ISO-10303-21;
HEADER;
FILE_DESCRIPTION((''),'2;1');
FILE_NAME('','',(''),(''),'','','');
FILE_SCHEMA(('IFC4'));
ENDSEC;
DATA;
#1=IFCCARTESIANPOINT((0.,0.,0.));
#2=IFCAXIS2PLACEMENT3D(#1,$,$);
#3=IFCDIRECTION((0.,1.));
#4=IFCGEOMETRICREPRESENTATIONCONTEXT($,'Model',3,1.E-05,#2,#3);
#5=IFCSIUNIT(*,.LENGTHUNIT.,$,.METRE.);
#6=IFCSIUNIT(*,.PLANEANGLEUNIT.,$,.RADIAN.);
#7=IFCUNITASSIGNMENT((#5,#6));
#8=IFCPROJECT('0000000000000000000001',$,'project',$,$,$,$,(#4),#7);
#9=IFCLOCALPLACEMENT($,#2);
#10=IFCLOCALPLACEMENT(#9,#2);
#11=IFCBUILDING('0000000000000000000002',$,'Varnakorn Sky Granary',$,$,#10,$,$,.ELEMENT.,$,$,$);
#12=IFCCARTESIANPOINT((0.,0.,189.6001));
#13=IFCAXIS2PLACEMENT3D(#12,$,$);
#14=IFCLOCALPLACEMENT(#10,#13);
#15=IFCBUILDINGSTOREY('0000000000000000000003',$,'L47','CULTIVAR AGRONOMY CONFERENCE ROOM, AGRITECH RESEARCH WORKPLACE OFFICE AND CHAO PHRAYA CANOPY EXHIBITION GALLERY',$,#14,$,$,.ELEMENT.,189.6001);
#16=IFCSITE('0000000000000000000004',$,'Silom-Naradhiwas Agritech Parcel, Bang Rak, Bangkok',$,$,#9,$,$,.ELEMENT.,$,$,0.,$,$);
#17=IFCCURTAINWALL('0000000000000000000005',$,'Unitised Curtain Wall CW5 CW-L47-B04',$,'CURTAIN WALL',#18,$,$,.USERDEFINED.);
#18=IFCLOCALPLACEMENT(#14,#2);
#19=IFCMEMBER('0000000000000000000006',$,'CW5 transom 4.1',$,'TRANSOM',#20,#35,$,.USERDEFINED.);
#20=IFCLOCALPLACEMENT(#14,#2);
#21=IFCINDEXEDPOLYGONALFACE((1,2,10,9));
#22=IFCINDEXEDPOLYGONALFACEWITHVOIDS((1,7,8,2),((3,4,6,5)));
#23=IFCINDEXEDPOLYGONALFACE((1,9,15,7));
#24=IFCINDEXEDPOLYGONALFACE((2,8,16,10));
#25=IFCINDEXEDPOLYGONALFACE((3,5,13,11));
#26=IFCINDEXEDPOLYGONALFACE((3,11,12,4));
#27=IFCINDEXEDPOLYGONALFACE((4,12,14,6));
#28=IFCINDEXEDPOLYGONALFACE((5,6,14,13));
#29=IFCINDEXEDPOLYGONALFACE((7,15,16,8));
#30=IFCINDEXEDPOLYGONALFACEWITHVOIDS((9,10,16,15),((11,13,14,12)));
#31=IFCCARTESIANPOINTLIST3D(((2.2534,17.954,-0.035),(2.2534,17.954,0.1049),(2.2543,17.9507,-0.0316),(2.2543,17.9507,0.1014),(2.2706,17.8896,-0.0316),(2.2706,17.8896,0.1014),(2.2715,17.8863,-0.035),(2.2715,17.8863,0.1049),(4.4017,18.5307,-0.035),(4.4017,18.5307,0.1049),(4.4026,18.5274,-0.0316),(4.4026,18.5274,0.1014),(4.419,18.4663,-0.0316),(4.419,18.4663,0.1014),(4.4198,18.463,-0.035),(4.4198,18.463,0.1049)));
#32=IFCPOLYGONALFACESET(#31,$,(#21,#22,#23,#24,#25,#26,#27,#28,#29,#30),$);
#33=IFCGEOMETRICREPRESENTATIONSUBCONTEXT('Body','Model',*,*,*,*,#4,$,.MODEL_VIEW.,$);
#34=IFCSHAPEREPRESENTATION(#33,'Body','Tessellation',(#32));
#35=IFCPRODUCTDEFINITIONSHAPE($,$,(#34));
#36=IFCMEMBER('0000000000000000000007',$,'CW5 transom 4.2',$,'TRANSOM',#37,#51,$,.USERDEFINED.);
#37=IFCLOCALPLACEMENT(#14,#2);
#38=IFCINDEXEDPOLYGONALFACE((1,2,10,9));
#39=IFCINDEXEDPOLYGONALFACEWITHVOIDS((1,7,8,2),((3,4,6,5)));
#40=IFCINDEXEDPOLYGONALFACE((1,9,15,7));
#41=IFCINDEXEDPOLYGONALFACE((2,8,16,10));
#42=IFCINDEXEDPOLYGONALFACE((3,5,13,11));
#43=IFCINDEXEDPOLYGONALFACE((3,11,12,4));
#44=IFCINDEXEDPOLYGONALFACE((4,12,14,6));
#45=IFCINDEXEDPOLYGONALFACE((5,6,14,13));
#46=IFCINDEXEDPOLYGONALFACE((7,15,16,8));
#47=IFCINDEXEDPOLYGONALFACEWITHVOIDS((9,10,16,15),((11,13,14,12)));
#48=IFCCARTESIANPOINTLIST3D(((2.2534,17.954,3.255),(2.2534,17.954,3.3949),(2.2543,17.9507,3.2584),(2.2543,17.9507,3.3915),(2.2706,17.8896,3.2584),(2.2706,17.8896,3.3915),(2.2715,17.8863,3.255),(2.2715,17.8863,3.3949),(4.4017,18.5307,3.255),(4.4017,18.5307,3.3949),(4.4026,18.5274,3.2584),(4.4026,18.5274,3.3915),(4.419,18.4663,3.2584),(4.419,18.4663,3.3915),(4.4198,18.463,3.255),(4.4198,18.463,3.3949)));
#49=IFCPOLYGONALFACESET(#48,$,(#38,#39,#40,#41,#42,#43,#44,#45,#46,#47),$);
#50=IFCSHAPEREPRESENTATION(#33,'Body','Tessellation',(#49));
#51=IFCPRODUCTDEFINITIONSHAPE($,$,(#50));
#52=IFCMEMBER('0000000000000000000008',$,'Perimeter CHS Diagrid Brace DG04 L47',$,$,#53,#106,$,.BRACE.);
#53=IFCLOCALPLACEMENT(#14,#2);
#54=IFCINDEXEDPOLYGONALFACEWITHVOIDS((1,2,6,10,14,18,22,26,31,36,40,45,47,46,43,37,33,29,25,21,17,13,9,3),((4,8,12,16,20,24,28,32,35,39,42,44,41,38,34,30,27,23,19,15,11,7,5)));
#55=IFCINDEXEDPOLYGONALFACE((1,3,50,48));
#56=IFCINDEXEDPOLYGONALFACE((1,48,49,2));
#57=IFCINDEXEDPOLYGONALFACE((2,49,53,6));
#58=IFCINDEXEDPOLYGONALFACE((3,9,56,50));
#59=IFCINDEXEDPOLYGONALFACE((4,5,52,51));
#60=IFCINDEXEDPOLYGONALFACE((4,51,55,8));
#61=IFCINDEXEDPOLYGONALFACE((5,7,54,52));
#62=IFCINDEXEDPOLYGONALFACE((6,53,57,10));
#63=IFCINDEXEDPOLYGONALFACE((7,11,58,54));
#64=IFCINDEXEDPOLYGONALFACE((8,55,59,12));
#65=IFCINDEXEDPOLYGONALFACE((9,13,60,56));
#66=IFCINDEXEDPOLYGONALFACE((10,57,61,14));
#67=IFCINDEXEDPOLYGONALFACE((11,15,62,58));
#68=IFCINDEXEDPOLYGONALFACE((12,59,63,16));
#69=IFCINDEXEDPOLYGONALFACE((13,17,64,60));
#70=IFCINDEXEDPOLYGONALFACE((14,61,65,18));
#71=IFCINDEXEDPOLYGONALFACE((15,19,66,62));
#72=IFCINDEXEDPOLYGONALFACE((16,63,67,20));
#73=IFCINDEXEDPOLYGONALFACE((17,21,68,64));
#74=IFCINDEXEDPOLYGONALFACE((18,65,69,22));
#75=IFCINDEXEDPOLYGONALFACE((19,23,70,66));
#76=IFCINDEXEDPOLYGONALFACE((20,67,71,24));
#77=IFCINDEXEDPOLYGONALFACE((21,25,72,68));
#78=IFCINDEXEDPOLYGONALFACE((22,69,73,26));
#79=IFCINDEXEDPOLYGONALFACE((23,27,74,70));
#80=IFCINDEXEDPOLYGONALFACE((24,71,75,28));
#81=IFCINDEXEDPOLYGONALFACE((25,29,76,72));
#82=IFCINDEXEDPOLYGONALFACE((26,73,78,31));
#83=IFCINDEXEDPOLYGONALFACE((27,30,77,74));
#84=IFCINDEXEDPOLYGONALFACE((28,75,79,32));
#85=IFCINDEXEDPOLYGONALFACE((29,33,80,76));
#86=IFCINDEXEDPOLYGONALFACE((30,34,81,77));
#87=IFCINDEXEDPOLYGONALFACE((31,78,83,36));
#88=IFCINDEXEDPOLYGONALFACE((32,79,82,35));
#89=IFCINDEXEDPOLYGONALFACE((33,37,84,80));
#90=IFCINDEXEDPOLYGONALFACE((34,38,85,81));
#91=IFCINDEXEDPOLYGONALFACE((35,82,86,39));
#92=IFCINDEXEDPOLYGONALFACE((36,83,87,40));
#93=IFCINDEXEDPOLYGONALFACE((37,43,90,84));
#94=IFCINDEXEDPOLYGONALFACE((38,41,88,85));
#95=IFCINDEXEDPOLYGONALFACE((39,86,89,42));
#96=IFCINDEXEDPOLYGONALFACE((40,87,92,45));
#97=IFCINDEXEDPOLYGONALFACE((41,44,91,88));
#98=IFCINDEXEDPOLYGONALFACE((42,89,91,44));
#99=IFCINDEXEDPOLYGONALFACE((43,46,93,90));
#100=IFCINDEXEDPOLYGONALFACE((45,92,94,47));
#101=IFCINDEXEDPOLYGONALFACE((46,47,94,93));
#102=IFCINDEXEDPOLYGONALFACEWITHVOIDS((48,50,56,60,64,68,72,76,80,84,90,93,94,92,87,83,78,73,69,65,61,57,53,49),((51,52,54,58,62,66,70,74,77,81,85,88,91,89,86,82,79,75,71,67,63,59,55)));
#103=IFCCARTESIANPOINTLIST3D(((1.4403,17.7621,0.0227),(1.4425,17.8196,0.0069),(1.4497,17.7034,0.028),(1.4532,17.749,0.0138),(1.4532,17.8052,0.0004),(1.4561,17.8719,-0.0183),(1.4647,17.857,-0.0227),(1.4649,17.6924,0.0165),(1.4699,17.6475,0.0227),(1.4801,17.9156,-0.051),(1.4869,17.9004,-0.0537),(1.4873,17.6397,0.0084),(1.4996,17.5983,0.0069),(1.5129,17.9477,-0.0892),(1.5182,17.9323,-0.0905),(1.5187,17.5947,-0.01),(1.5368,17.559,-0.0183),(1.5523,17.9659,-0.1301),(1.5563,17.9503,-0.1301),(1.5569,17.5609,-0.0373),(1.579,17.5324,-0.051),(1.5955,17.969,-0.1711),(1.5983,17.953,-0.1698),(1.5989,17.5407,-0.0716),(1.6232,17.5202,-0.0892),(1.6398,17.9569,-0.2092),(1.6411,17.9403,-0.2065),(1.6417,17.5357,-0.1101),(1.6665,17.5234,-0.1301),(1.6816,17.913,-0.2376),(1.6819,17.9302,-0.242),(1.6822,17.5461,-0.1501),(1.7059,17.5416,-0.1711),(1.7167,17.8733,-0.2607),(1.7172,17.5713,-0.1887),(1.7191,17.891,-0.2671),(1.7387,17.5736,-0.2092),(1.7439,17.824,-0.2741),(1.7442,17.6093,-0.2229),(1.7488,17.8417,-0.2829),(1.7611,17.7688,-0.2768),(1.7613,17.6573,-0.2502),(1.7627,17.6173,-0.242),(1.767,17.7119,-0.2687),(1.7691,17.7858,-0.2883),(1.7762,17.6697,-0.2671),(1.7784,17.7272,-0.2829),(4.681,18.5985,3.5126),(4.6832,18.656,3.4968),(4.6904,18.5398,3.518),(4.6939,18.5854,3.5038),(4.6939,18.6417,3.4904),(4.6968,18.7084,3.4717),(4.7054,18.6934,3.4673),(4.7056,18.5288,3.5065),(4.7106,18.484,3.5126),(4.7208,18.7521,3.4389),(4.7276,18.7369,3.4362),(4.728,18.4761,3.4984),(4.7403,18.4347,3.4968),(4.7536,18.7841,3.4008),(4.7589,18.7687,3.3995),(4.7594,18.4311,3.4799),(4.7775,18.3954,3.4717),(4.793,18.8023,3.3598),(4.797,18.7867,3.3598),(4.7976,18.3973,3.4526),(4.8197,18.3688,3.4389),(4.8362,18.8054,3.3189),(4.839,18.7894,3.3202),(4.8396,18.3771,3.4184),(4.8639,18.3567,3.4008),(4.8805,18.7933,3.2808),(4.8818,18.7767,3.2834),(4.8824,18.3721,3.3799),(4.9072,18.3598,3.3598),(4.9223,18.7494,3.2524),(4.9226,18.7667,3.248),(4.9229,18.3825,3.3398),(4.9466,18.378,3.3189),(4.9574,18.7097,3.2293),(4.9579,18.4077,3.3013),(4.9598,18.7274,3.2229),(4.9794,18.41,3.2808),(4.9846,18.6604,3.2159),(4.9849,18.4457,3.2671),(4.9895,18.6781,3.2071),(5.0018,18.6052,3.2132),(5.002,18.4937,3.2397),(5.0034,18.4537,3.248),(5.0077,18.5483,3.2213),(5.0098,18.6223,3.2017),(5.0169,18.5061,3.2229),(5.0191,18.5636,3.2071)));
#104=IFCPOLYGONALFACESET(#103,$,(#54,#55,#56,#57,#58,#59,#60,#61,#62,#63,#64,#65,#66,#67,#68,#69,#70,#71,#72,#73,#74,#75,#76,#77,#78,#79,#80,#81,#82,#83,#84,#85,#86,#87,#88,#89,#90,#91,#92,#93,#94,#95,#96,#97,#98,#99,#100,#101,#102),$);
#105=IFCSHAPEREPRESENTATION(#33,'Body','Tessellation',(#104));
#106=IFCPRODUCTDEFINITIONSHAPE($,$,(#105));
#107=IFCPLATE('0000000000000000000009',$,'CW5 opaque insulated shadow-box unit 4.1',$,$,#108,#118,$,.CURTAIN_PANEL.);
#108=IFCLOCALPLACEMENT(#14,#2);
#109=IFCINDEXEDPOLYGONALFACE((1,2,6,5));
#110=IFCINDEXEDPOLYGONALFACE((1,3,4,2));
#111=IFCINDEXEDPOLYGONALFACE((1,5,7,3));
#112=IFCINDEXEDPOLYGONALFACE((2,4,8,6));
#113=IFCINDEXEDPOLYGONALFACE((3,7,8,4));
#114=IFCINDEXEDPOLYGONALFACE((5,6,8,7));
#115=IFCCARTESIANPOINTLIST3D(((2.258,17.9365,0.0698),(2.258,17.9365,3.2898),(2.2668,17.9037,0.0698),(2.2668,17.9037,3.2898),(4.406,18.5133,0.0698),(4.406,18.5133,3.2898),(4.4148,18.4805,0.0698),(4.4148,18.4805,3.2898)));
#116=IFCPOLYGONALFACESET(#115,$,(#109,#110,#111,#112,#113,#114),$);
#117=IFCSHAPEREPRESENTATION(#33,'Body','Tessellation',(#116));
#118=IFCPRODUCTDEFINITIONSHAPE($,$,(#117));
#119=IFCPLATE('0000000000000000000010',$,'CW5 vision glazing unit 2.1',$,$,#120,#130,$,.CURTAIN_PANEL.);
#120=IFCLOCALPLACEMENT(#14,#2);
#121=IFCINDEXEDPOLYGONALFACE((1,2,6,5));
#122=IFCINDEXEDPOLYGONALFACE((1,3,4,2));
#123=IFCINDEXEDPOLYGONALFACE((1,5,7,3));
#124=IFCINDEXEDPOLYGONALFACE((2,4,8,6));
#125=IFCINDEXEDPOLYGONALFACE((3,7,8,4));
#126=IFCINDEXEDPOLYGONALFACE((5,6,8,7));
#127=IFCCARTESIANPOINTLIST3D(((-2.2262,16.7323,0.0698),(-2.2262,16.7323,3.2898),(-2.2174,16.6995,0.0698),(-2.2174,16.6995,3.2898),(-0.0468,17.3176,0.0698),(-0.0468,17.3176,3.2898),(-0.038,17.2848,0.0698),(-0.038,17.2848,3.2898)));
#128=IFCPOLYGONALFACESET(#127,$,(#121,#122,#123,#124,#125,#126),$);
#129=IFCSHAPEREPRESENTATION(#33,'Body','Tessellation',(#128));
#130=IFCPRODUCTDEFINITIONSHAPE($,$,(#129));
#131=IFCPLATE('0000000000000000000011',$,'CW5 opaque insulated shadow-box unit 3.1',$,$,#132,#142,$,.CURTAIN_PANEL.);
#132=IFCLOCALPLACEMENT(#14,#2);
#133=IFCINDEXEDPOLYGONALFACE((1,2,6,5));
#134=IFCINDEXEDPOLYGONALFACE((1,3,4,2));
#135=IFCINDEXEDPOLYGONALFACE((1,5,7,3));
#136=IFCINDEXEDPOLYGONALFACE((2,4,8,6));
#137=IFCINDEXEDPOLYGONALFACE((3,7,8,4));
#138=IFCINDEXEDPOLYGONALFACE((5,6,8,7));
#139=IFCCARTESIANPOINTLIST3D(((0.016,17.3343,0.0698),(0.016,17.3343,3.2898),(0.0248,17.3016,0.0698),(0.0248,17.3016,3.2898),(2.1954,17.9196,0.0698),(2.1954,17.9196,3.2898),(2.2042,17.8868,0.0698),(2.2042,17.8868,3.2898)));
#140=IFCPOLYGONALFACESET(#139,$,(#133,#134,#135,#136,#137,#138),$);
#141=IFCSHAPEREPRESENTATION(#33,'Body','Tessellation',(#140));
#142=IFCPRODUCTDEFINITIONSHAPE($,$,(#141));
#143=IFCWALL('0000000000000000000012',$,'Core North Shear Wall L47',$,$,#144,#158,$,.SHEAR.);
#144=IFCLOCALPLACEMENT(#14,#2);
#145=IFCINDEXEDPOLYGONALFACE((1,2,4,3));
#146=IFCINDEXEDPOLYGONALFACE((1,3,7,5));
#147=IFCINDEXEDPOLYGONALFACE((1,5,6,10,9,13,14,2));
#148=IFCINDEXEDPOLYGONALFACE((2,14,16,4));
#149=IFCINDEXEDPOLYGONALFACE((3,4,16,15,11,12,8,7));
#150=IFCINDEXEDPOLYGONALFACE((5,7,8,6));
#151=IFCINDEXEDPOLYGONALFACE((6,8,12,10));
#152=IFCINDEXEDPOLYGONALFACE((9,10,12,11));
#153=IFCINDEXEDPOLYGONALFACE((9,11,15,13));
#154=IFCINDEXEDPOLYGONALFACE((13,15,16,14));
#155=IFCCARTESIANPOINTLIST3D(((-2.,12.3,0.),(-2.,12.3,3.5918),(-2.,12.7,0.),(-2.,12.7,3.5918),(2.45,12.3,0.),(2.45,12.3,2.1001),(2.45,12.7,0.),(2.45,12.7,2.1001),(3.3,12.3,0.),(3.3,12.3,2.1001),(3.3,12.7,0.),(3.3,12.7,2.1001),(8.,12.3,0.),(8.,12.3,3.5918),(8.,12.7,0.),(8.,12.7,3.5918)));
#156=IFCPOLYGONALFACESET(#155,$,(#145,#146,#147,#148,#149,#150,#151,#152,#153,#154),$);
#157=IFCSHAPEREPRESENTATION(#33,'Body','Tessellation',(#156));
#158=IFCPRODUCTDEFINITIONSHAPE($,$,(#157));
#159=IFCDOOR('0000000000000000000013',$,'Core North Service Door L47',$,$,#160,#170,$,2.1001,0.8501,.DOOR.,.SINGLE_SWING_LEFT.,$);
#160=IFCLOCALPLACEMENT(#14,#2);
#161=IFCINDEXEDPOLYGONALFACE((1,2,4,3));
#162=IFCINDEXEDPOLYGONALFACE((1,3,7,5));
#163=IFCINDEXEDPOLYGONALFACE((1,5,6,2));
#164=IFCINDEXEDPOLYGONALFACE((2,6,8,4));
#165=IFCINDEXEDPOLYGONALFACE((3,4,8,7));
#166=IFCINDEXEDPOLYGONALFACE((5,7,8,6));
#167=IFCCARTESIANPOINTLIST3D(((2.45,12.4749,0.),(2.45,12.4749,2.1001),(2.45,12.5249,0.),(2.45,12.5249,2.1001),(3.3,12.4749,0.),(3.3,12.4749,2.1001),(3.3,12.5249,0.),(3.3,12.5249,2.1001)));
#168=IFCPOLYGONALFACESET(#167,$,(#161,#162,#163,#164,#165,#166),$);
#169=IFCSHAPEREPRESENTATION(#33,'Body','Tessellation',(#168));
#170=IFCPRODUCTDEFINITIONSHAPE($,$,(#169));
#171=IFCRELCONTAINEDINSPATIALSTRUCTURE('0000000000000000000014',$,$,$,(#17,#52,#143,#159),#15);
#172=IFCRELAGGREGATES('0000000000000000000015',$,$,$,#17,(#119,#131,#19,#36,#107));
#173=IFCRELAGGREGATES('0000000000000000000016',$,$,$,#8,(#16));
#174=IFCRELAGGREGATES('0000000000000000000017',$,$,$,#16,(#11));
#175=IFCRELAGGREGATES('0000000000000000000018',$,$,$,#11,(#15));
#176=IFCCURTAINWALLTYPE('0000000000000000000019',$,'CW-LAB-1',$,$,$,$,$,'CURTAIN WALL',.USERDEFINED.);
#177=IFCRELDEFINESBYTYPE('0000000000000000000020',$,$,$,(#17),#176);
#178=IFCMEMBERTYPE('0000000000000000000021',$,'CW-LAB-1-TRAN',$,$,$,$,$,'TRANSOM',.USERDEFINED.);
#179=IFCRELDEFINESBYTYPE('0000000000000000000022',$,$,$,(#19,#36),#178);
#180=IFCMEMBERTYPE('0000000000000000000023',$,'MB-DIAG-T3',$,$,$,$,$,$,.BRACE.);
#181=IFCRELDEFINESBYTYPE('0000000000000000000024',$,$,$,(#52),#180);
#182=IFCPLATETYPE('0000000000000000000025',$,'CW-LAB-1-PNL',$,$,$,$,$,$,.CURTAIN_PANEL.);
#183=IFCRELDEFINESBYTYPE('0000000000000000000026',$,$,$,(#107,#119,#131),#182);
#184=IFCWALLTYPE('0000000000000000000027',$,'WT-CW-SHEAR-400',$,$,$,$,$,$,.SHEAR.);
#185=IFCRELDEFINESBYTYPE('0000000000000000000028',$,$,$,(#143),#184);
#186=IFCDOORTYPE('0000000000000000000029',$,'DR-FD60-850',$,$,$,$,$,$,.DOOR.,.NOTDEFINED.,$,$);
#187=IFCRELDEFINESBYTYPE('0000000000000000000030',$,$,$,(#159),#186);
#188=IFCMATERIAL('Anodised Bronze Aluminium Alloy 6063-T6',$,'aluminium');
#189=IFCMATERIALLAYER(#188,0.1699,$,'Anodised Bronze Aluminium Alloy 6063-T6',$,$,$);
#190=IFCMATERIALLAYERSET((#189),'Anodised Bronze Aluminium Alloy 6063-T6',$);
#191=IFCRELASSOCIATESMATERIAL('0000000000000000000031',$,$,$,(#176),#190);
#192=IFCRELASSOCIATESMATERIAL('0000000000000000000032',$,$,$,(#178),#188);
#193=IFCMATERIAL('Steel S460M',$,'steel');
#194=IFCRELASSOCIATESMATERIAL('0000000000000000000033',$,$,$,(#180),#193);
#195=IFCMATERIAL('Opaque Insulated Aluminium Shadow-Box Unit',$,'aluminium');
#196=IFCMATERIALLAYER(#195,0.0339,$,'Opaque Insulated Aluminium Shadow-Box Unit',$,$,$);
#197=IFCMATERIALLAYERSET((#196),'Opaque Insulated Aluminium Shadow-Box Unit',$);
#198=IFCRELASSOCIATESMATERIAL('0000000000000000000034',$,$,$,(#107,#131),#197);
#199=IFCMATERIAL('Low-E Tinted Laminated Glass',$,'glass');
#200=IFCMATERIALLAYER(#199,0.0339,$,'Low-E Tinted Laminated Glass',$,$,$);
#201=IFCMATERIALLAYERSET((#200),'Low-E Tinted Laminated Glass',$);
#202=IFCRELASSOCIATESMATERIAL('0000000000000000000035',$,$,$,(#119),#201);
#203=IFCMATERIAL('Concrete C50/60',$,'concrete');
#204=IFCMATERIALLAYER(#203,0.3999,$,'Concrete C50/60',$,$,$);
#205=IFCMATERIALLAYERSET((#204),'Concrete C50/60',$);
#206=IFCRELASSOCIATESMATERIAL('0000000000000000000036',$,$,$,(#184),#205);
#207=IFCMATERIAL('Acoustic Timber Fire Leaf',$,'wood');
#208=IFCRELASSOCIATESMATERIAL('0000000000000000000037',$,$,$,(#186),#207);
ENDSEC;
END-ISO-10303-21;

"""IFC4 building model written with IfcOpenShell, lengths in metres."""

from ifc_helpers import new_model, si_unit, direction, frame, frame_2d, origin, origin_2d, place, context, subcontext, project, spatial, rectangle, hollow_rectangle, hollow_circle, extrude, source, transform, mapped, material, layer, layer_set, material_profile, profile_set, type_object, type_shapes, element, fill, aggregate, save


model = new_model("IFC4")

# Units and contexts
model_context = context("Model", 3, precision=1e-05, world=origin(), true_north=direction((0.0, 1.0)))
body_context = subcontext(model_context, "Body", "Model", "MODEL_VIEW")
ifc_project = project(units=[si_unit("LENGTHUNIT", "METRE"), si_unit("PLANEANGLEUNIT", "RADIAN")], contexts=[model_context])

# Site, building, storey
site_placement = place(None, origin())
site = spatial("IfcSite", under=ifc_project, at=site_placement, Name="Silom-Naradhiwas Agritech Parcel, Bang Rak, Bangkok", CompositionType="ELEMENT", RefElevation=0.0)
building_placement = place(site_placement, origin())
building = spatial("IfcBuilding", under=site, at=building_placement, Name="Varnakorn Sky Granary", CompositionType="ELEMENT")
storey_placement = place(building_placement, frame((0.0, 0.0, 189.6001)))
storey = spatial("IfcBuildingStorey", under=building, at=storey_placement, Name="L47", Description="CULTIVAR AGRONOMY CONFERENCE ROOM, AGRITECH RESEARCH WORKPLACE OFFICE AND CHAO PHRAYA CANOPY EXHIBITION GALLERY", CompositionType="ELEMENT", Elevation=189.6001)

# Shared definitions
ifc_material_1 = material(Name="Concrete C50/60", Category="concrete")

# Curtain wall, members
ifc_material_2 = material(Name="Anodised Bronze Aluminium Alloy 6063-T6", Category="aluminium")
ifc_layer_1 = layer(ifc_material_2, 0.1699, Name="Anodised Bronze Aluminium Alloy 6063-T6")
ifc_layer_set_1 = layer_set([ifc_layer_1], Name="Anodised Bronze Aluminium Alloy 6063-T6")
curtain_wall_type = type_object("IfcCurtainWallType", Name="CW-LAB-1", ElementType="CURTAIN WALL", PredefinedType="USERDEFINED", material=ifc_layer_set_1)
curtain_wall_placement = place(storey_placement, origin())
curtain_wall = element("IfcCurtainWall", 1, at=curtain_wall_placement, inside=storey, type_object=curtain_wall_type, Name="Unitised Curtain Wall CW5 CW-L47-B04", ObjectType="CURTAIN WALL", PredefinedType="USERDEFINED")
ifc_material_profile_1 = material_profile(ifc_material_2, hollow_rectangle(XDim=0.0701, YDim=0.1399, WallThickness=0.0034, at=origin_2d()), Name="ALU TRAN 70x140")
ifc_profile_set_1 = profile_set([ifc_material_profile_1], Name="Anodised Bronze Aluminium Alloy 6063-T6")
member_type_1 = type_object("IfcMemberType", Name="CW-LAB-1-TRAN", ElementType="TRANSOM", PredefinedType="USERDEFINED", material=ifc_profile_set_1)
member_1_placement = place(storey_placement, frame((2.2625, 17.9202, 0.0349), z_axis=(0.965807, 0.259261, 0.0), x_axis=(-0.259261, 0.965807, 0.0)))
member_1 = element("IfcMember", 2, at=member_1_placement, type_object=member_type_1, Name="CW5 transom 4.1", ObjectType="TRANSOM", PredefinedType="USERDEFINED", context=body_context, shape_type="SweptSolid", body=[
    extrude(hollow_rectangle(XDim=0.0701, YDim=0.1399, WallThickness=0.0034, at=origin_2d()), origin(), (0.0, 0.0, 1.0), 2.2244),
])
member_2_placement = place(storey_placement, frame((2.2625, 17.9202, 3.325), z_axis=(0.965807, 0.259261, 0.0), x_axis=(-0.259261, 0.965807, 0.0)))
member_2 = element("IfcMember", 3, at=member_2_placement, type_object=member_type_1, Name="CW5 transom 4.2", ObjectType="TRANSOM", PredefinedType="USERDEFINED", context=body_context, shape_type="SweptSolid", body=[
    extrude(hollow_rectangle(XDim=0.0701, YDim=0.1399, WallThickness=0.0034, at=origin_2d()), origin(), (0.0, 0.0, 1.0), 2.2244),
])

# Member
ifc_material_3 = material(Name="Steel S460M", Category="steel")
ifc_material_profile_2 = material_profile(ifc_material_3, hollow_circle(Radius=0.2285, WallThickness=0.0161, at=origin_2d()), Name="CHS 457x16")
ifc_profile_set_2 = profile_set([ifc_material_profile_2], Name="Steel S460M")
member_type_2 = type_object("IfcMemberType", Name="MB-DIAG-T3", PredefinedType="BRACE", material=ifc_profile_set_2)
member_3_placement = place(storey_placement, frame((1.6094, 17.7446, -0.1301), z_axis=(0.670196, 0.172977, 0.721746), x_axis=(-0.249909, 0.968269, 0.0)))
element("IfcMember", 4, at=member_3_placement, inside=storey, type_object=member_type_2, Name="Perimeter CHS Diagrid Brace DG04 L47", PredefinedType="BRACE", context=body_context, shape_type="SweptSolid", body=[
    extrude(hollow_circle(Radius=0.2285, WallThickness=0.0161, at=origin_2d()), origin(), (0.0, 0.0, 1.0), 4.8354),
])

# Plates
ifc_material_4 = material(Name="Opaque Insulated Aluminium Shadow-Box Unit", Category="aluminium")
ifc_layer_2 = layer(ifc_material_4, 0.0339, Name="Opaque Insulated Aluminium Shadow-Box Unit")
ifc_layer_set_2 = layer_set([ifc_layer_2], Name="Opaque Insulated Aluminium Shadow-Box Unit")
plate_type = type_object("IfcPlateType", Name="CW-LAB-1-PNL", PredefinedType="CURTAIN_PANEL")
shared_shape_1 = source(origin(), body_context, "Body", "SweptSolid", [
    extrude(rectangle(XDim=2.2241, YDim=0.0339, at=origin_2d()), origin(), (0.0, 0.0, 1.0), 3.22),
])
plate_1_placement = place(storey_placement, frame((3.3364, 18.2085, 0.0698), z_axis=(0.0, 0.0, 1.0), x_axis=(0.965781, 0.259359, 0.0)))
plate_1 = element("IfcPlate", 5, at=plate_1_placement, type_object=plate_type, material=ifc_layer_set_2, Name="CW5 opaque insulated shadow-box unit 4.1", PredefinedType="CURTAIN_PANEL", context=body_context, shape_type="MappedRepresentation", body=[
    mapped(shared_shape_1, transform((0.0, 0.0, 0.0), x_axis=(1.0, 0.0, 0.0), y_axis=(0.0, 1.0, 0.0), z_axis=(0.0, 0.0, 1.0), scale=1.0)),
])
ifc_material_5 = material(Name="Low-E Tinted Laminated Glass", Category="glass")
ifc_layer_3 = layer(ifc_material_5, 0.0339, Name="Low-E Tinted Laminated Glass")
ifc_layer_set_3 = layer_set([ifc_layer_3], Name="Low-E Tinted Laminated Glass")
shared_shape_2 = source(origin(), body_context, "Body", "SweptSolid", [
    extrude(rectangle(XDim=2.2566, YDim=0.0339, at=origin_2d()), origin(), (0.0, 0.0, 1.0), 3.22),
])
type_shapes(plate_type, [shared_shape_1, shared_shape_2])
plate_2_placement = place(storey_placement, frame((-1.1321, 17.0085, 0.0698), z_axis=(0.0, 0.0, 1.0), x_axis=(0.965781, 0.259359, 0.0)))
plate_2 = element("IfcPlate", 6, at=plate_2_placement, type_object=plate_type, material=ifc_layer_set_3, Name="CW5 vision glazing unit 2.1", PredefinedType="CURTAIN_PANEL", context=body_context, shape_type="MappedRepresentation", body=[
    mapped(shared_shape_2, transform((0.0, 0.0, 0.0), x_axis=(1.0, 0.0, 0.0), y_axis=(0.0, 1.0, 0.0), z_axis=(0.0, 0.0, 1.0), scale=1.0)),
])
plate_3_placement = place(storey_placement, frame((1.1101, 17.6106, 0.0698), z_axis=(0.0, 0.0, 1.0), x_axis=(0.965781, 0.259359, 0.0)))
plate_3 = element("IfcPlate", 7, at=plate_3_placement, type_object=plate_type, material=ifc_layer_set_2, Name="CW5 opaque insulated shadow-box unit 3.1", PredefinedType="CURTAIN_PANEL", context=body_context, shape_type="MappedRepresentation", body=[
    mapped(shared_shape_2, transform((0.0, 0.0, 0.0), x_axis=(1.0, 0.0, 0.0), y_axis=(0.0, 1.0, 0.0), z_axis=(0.0, 0.0, 1.0), scale=1.0)),
])
aggregate(curtain_wall, [plate_2, plate_3, member_1, member_2, plate_1])

# Wall, opening, door
ifc_layer_4 = layer(ifc_material_1, 0.3999, Name="Concrete C50/60")
ifc_layer_set_4 = layer_set([ifc_layer_4], Name="Concrete C50/60")
wall_type_1 = type_object("IfcWallType", Name="WT-CW-SHEAR-400", PredefinedType="SHEAR", material=ifc_layer_set_4)
wall_1_placement = place(storey_placement, frame((-2.0, 12.5, 0.0), z_axis=(0.0, 0.0, 1.0), x_axis=(1.0, 0.0, 0.0)))
wall_1 = element("IfcWall", 8, at=wall_1_placement, inside=storey, type_object=wall_type_1, Name="Core North Shear Wall L47", PredefinedType="SHEAR", context=body_context, shape_type="SweptSolid", body=[
    extrude(rectangle(XDim=10.0, YDim=0.3999, at=frame_2d((5.0, 0.0))), origin(), (0.0, 0.0, 1.0), 3.5918),
])
opening_placement = place(wall_1_placement, frame((4.45, 0.0, 0.0)))
opening = element("IfcOpeningElement", 9, at=opening_placement, cuts=wall_1, PredefinedType="OPENING", context=body_context, shape_type="SweptSolid", body=[
    extrude(rectangle(XDim=0.8501, YDim=2.1001, at=frame_2d((0.425, 1.05))), frame((0.0, 0.21, 0.0), z_axis=(0.0, -1.0, 0.0), x_axis=(1.0, 0.0, 0.0)), (0.0, 0.0, 1.0), 0.4199),
])
ifc_material_6 = material(Name="Acoustic Timber Fire Leaf", Category="wood")
door_type = type_object("IfcDoorType", Name="DR-FD60-850", OperationType="NOTDEFINED", PredefinedType="DOOR", material=ifc_material_6)
door_placement = place(opening_placement, origin())
door = element("IfcDoor", 10, at=door_placement, inside=storey, type_object=door_type, Name="Core North Service Door L47", OperationType="SINGLE_SWING_LEFT", OverallHeight=2.1001, OverallWidth=0.8501, PredefinedType="DOOR", context=body_context, shape_type="SweptSolid", body=[
    extrude(rectangle(XDim=0.8501, YDim=2.1001, at=frame_2d((0.425, 1.05))), frame((0.0, 0.0249, 0.0), z_axis=(0.0, -1.0, 0.0), x_axis=(1.0, 0.0, 0.0)), (0.0, 0.0, 1.0), 0.05),
])
fill(opening, door)

save(model, "model.ifc")
